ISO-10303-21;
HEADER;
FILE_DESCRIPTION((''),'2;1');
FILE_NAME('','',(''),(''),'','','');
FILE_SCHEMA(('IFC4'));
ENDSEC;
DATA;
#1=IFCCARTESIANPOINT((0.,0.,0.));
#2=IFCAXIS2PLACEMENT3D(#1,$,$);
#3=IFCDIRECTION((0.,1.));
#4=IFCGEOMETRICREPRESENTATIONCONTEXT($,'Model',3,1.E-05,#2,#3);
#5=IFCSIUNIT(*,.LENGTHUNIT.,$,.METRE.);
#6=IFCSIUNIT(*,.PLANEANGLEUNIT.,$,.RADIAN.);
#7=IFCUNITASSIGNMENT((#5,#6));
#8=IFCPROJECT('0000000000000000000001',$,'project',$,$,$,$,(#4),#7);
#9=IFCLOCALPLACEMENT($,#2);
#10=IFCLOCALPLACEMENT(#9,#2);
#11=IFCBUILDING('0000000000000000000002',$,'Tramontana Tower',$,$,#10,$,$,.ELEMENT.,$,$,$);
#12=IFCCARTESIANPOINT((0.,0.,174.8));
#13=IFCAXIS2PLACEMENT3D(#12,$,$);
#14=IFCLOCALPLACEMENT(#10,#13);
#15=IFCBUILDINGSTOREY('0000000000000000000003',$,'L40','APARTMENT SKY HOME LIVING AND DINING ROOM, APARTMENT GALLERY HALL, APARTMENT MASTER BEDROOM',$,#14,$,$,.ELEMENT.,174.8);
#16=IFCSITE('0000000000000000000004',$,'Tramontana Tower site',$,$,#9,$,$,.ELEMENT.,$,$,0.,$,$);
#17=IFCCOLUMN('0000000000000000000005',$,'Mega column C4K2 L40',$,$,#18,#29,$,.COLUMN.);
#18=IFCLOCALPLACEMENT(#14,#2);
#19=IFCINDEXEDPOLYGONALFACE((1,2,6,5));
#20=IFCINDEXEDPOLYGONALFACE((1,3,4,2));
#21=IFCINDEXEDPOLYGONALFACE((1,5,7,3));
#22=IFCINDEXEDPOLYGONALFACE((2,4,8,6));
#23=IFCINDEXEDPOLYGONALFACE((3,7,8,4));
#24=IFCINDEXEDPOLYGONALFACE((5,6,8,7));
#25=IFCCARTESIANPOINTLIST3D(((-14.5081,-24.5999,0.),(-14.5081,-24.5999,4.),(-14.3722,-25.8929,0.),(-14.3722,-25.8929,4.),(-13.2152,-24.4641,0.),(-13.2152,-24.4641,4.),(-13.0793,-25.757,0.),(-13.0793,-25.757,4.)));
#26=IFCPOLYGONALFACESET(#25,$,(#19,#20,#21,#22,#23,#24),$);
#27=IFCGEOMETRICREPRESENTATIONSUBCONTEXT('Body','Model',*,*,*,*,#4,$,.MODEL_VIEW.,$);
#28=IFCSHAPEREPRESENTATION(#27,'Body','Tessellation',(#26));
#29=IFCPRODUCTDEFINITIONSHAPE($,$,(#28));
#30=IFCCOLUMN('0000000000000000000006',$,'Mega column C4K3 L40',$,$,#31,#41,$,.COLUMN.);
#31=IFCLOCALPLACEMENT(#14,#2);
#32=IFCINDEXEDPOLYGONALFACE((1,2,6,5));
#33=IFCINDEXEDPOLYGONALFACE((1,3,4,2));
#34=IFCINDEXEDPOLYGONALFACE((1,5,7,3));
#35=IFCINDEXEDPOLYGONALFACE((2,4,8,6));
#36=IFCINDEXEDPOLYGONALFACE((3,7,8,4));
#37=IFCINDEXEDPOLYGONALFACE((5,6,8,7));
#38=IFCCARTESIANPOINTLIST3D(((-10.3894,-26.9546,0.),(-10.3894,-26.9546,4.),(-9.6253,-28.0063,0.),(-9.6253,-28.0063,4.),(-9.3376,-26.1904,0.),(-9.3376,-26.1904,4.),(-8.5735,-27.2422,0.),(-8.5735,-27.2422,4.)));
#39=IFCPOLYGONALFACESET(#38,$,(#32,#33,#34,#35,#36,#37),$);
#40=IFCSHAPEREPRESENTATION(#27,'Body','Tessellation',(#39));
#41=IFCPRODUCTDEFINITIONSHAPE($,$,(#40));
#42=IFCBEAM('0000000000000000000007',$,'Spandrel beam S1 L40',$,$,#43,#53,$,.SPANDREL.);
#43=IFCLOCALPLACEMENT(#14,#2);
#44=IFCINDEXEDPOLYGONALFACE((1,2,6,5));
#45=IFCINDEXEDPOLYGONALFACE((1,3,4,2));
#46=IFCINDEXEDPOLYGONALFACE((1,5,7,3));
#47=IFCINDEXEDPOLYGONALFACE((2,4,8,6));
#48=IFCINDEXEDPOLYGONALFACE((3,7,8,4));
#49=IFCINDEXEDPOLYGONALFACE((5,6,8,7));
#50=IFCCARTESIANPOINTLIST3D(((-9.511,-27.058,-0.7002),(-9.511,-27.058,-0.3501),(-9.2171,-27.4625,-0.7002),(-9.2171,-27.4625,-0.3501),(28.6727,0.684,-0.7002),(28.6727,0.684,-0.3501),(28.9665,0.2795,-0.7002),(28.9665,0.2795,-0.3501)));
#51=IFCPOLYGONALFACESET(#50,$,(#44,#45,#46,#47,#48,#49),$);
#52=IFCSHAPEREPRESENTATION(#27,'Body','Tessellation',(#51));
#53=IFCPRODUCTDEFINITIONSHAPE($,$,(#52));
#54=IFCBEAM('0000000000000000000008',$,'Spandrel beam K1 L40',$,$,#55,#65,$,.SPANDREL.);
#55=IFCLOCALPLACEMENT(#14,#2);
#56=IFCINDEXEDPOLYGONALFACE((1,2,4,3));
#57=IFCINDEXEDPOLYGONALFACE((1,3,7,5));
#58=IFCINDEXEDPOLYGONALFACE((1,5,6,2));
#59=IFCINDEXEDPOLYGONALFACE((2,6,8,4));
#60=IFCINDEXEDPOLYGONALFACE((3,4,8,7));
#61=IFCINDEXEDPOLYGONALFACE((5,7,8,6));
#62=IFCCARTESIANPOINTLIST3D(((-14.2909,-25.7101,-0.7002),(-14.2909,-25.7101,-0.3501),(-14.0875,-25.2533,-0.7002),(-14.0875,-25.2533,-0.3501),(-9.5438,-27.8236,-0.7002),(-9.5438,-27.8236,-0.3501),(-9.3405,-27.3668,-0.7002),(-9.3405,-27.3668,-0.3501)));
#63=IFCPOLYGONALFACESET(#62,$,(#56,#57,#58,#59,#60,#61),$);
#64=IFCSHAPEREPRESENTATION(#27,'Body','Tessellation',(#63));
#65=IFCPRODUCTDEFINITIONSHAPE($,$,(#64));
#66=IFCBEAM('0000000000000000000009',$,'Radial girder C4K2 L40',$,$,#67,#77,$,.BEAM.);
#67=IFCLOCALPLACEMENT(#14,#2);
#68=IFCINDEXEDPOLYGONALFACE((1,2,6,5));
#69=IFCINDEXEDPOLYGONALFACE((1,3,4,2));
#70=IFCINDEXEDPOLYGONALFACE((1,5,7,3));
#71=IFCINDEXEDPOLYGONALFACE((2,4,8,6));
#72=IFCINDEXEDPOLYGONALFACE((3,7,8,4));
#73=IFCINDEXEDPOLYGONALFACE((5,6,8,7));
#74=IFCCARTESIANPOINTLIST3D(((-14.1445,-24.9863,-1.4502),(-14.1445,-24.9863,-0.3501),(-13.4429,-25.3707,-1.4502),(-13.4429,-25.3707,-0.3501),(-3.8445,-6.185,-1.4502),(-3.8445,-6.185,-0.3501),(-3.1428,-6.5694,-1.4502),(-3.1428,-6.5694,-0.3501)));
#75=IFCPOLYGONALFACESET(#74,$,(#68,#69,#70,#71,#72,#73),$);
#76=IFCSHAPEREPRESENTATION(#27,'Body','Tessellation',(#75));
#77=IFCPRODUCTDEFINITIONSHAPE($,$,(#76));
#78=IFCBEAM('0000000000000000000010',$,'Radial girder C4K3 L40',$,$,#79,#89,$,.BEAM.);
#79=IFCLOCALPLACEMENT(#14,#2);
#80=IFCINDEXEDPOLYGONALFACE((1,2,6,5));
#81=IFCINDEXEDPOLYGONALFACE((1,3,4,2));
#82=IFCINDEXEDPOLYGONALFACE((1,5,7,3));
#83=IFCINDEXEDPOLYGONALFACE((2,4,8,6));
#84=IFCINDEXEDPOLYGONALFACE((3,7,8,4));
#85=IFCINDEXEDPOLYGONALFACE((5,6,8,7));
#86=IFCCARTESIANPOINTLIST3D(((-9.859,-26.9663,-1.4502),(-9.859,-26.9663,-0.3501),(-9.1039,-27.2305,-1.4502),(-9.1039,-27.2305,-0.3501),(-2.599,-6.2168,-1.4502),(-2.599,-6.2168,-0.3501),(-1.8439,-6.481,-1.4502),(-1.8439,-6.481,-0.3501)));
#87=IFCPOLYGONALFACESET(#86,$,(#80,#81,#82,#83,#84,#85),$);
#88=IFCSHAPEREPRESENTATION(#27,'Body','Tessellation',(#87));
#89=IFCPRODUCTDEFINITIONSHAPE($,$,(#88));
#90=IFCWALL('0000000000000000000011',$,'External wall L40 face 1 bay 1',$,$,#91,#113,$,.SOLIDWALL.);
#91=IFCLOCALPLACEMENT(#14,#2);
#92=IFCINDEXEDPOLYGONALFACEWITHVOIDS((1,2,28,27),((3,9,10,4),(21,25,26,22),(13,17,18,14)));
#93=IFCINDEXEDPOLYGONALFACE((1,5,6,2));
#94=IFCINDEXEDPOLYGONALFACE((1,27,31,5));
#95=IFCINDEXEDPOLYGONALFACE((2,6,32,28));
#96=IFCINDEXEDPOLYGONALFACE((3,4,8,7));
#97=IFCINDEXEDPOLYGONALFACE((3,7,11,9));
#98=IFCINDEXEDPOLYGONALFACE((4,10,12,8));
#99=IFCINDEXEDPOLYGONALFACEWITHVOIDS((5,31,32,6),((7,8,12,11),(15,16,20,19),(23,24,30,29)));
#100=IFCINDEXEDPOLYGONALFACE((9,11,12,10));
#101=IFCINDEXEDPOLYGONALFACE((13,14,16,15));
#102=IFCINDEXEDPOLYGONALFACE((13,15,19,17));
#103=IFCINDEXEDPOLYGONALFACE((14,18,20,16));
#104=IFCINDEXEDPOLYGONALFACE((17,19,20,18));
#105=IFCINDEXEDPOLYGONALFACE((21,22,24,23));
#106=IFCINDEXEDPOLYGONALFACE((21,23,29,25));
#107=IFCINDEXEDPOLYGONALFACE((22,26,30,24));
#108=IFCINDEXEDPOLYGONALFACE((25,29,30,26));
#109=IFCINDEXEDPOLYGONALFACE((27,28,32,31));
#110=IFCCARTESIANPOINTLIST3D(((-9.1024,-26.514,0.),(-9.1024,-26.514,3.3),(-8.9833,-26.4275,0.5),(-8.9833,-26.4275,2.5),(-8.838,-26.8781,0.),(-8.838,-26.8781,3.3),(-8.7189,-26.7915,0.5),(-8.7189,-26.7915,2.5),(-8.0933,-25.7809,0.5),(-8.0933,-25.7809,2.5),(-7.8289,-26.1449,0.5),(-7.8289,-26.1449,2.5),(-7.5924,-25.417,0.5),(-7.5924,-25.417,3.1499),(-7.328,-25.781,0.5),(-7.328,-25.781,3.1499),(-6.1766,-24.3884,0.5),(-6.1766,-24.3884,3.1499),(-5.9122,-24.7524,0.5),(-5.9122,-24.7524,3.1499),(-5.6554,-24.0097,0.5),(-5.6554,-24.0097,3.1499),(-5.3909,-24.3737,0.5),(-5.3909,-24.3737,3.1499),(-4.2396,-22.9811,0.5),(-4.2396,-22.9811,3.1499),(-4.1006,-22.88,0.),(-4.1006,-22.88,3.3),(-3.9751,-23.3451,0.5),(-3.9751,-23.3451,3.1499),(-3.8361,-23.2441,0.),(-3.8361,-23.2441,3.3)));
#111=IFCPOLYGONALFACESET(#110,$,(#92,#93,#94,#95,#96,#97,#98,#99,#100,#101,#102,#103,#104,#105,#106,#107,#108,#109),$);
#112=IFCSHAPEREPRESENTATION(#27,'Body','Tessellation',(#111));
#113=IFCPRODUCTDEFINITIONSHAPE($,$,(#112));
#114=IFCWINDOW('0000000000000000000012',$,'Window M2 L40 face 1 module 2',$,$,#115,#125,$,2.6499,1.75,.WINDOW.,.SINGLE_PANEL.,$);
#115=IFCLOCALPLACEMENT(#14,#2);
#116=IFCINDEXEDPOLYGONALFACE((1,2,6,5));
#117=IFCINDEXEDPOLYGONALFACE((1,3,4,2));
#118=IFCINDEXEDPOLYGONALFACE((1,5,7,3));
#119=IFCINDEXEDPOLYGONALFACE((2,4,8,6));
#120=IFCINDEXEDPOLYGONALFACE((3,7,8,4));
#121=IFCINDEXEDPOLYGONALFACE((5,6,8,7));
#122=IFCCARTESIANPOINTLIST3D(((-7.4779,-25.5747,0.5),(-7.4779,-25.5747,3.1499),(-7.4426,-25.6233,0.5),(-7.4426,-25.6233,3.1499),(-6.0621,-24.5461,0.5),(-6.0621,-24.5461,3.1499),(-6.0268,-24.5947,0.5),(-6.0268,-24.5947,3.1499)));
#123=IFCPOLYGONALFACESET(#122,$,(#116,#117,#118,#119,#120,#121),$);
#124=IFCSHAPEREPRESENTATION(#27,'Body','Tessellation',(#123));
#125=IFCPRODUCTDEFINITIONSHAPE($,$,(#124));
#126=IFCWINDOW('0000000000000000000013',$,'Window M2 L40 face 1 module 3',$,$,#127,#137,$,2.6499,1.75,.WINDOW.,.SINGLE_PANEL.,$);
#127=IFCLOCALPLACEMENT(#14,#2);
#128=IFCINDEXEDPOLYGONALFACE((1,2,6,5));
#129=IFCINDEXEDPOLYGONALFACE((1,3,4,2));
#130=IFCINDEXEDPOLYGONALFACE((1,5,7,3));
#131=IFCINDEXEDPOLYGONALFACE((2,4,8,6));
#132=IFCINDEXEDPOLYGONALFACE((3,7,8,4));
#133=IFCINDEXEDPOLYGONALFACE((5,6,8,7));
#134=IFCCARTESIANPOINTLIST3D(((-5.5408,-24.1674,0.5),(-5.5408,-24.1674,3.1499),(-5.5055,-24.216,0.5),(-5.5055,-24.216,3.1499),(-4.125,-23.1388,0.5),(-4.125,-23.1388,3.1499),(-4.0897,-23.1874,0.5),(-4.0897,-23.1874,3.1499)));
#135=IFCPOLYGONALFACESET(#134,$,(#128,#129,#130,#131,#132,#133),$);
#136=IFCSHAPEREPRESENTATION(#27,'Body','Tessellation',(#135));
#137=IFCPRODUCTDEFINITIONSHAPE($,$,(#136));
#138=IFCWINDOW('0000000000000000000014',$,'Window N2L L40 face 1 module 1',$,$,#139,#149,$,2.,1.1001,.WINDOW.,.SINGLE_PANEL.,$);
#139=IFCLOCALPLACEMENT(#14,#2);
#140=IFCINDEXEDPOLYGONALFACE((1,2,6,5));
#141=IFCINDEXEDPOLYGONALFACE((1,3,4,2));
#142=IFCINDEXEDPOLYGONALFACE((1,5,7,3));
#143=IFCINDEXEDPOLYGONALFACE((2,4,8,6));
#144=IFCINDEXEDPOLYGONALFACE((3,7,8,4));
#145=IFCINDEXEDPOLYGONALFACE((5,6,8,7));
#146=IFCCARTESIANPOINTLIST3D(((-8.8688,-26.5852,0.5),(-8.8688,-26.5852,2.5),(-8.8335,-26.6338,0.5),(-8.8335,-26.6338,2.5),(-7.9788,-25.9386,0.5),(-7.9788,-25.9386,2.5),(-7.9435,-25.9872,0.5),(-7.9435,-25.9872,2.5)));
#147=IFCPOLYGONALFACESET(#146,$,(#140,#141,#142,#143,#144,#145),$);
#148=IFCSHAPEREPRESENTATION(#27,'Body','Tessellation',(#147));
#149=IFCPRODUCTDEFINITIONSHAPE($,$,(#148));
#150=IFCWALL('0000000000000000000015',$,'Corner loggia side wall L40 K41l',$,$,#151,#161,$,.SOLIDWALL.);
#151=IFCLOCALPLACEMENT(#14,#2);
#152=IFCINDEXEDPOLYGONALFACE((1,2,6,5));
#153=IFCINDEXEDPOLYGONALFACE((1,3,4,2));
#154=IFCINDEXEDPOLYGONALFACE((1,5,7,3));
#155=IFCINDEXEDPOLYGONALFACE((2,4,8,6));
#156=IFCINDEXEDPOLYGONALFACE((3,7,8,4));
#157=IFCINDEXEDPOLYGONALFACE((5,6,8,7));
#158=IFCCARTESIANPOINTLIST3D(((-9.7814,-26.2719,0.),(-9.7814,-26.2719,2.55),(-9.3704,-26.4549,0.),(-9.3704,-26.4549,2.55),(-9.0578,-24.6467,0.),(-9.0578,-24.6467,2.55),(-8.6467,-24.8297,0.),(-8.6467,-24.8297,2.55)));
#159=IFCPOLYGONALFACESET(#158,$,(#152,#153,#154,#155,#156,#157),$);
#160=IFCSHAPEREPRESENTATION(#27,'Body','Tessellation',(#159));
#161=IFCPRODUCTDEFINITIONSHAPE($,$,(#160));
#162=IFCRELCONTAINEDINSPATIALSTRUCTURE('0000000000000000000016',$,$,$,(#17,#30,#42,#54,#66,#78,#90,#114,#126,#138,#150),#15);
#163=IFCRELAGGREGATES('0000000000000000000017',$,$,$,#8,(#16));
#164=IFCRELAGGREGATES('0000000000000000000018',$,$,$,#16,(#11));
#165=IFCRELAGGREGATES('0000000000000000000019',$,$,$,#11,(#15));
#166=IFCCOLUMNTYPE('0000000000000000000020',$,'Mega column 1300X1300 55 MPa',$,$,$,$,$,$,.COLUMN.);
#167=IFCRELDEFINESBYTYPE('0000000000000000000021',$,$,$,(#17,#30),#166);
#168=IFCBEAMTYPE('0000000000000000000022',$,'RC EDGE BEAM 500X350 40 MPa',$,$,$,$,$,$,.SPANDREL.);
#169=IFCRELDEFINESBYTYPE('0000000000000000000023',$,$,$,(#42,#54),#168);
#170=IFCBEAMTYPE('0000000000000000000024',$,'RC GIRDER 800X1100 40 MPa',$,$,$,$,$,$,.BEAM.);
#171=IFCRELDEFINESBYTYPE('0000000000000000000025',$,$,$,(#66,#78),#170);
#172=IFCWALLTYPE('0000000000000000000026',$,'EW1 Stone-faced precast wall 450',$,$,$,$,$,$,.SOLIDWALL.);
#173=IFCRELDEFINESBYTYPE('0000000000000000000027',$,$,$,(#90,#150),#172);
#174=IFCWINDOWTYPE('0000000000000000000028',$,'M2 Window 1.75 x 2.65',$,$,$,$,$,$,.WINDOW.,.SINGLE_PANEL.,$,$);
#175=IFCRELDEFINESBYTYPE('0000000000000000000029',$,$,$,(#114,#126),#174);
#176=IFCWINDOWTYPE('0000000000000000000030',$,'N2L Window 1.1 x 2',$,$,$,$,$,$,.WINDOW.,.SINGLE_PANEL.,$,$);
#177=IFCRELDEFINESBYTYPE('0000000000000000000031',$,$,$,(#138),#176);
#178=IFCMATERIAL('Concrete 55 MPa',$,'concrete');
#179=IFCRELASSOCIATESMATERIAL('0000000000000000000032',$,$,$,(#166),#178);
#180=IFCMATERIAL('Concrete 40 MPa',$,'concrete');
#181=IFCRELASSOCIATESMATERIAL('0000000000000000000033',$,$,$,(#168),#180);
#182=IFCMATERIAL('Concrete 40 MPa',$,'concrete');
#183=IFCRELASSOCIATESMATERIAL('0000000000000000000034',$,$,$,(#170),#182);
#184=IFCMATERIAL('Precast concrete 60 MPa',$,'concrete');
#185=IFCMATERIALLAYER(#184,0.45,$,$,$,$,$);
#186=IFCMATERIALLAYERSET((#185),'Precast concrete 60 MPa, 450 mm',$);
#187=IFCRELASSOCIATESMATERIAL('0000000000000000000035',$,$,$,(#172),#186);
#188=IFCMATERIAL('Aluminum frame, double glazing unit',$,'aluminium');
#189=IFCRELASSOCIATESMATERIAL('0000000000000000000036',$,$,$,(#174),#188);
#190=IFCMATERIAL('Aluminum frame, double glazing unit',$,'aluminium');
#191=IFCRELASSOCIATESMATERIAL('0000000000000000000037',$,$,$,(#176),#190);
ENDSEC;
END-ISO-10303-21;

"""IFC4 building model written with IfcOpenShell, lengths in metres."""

from ifc_helpers import new_model, si_unit, direction, frame, frame_2d, origin, origin_2d, place, context, subcontext, project, spatial, rectangle, extrude, material, layer, layer_set, material_profile, profile_set, type_object, element, fill, save


model = new_model("IFC4")

# Units and contexts
model_context = context("Model", 3, precision=1e-05, world=origin(), true_north=direction((0.0, 1.0)))
body_context = subcontext(model_context, "Body", "Model", "MODEL_VIEW")
ifc_project = project(units=[si_unit("LENGTHUNIT", "METRE"), si_unit("PLANEANGLEUNIT", "RADIAN")], contexts=[model_context])

# Site, building, storey
site_placement = place(None, origin())
site = spatial("IfcSite", under=ifc_project, at=site_placement, Name="Tramontana Tower site", CompositionType="ELEMENT", RefElevation=0.0)
building_placement = place(site_placement, origin())
building = spatial("IfcBuilding", under=site, at=building_placement, Name="Tramontana Tower", CompositionType="ELEMENT")
storey_placement = place(building_placement, frame((0.0, 0.0, 174.8)))
storey = spatial("IfcBuildingStorey", under=building, at=storey_placement, Name="L40", Description="APARTMENT SKY HOME LIVING AND DINING ROOM, APARTMENT GALLERY HALL, APARTMENT MASTER BEDROOM", CompositionType="ELEMENT", Elevation=174.8)

# Columns
ifc_material_1 = material(Name="Concrete 55 MPa", Category="concrete")
ifc_material_profile_1 = material_profile(ifc_material_1, rectangle(XDim=1.3, YDim=1.3, at=origin_2d()), Name="Mega column 1300X1300 55 MPa")
ifc_profile_set_1 = profile_set([ifc_material_profile_1], Name="Concrete 55 MPa")
column_type = type_object("IfcColumnType", Name="Mega column 1300X1300 55 MPa", PredefinedType="COLUMN", material=ifc_profile_set_1)
for number, where, z_axis, x_axis, name in (
    (1, (-13.7937, -25.1785, 0.0), (0.0, 0.0, 1.0), (0.104528, -0.994522, 0.0), "Mega column C4K2 L40"),
    (2, (-9.4814, -27.0984, 0.0), (0.0, 0.0, 1.0), (0.809017, 0.587785, 0.0), "Mega column C4K3 L40"),
):
    element("IfcColumn", number, at=place(storey_placement, frame(where, z_axis=z_axis, x_axis=x_axis)), inside=storey, type_object=column_type, Name=name, PredefinedType="COLUMN", context=body_context, shape_type="SweptSolid", body=[
        extrude(rectangle(XDim=1.3, YDim=1.3, at=origin_2d()), origin(), (0.0, 0.0, 1.0), 4.0),
    ])

# Beams
ifc_material_2 = material(Name="Concrete 40 MPa", Category="concrete")
ifc_material_profile_2 = material_profile(ifc_material_2, rectangle(XDim=0.5, YDim=0.3501, at=origin_2d()), Name="RC EDGE BEAM 500X350 40 MPa")
ifc_profile_set_2 = profile_set([ifc_material_profile_2], Name="Concrete 40 MPa")
beam_type_1 = type_object("IfcBeamType", Name="RC EDGE BEAM 500X350 40 MPa", PredefinedType="SPANDREL", material=ifc_profile_set_2)
beam_1_placement = place(storey_placement, frame((-9.364, -27.2603, -0.5251), z_axis=(0.809018, 0.587784, 0.0), x_axis=(-0.587784, 0.809018, 0.0)))
element("IfcBeam", 3, at=beam_1_placement, inside=storey, type_object=beam_type_1, Name="Spandrel beam S1 L40", PredefinedType="SPANDREL", context=body_context, shape_type="SweptSolid", body=[
    extrude(rectangle(XDim=0.5, YDim=0.3501, at=origin_2d()), origin(), (0.0, 0.0, 1.0), 47.1975),
])
beam_2_placement = place(storey_placement, frame((-14.1892, -25.4817, -0.5251), z_axis=(0.913546, -0.406736, 0.0), x_axis=(0.406736, 0.913546, 0.0)))
element("IfcBeam", 4, at=beam_2_placement, inside=storey, type_object=beam_type_1, Name="Spandrel beam K1 L40", PredefinedType="SPANDREL", context=body_context, shape_type="SweptSolid", body=[
    extrude(rectangle(XDim=0.5, YDim=0.3501, at=origin_2d()), origin(), (0.0, 0.0, 1.0), 5.1963),
])
ifc_material_3 = material(Name="Concrete 40 MPa", Category="concrete")
ifc_material_profile_3 = material_profile(ifc_material_3, rectangle(XDim=0.8, YDim=1.1001, at=origin_2d()), Name="RC GIRDER 800X1100 40 MPa")
ifc_profile_set_3 = profile_set([ifc_material_profile_3], Name="Concrete 40 MPa")
beam_type_2 = type_object("IfcBeamType", Name="RC GIRDER 800X1100 40 MPa", PredefinedType="BEAM", material=ifc_profile_set_3)
beam_3_placement = place(storey_placement, frame((-13.7937, -25.1785, -0.9001), z_axis=(0.480462, 0.877015, 0.0), x_axis=(-0.877015, 0.480462, 0.0)))
element("IfcBeam", 5, at=beam_3_placement, inside=storey, type_object=beam_type_2, Name="Radial girder C4K2 L40", PredefinedType="BEAM", context=body_context, shape_type="SweptSolid", body=[
    extrude(rectangle(XDim=0.8, YDim=1.1001, at=origin_2d()), origin(), (0.0, 0.0, 1.0), 21.4377),
])
beam_4_placement = place(storey_placement, frame((-9.4814, -27.0984, -0.9001), z_axis=(0.330256, 0.943891, 0.0), x_axis=(-0.943891, 0.330256, 0.0)))
element("IfcBeam", 6, at=beam_4_placement, inside=storey, type_object=beam_type_2, Name="Radial girder C4K3 L40", PredefinedType="BEAM", context=body_context, shape_type="SweptSolid", body=[
    extrude(rectangle(XDim=0.8, YDim=1.1001, at=origin_2d()), origin(), (0.0, 0.0, 1.0), 21.9829),
])

# Wall, openings, windows
ifc_material_4 = material(Name="Precast concrete 60 MPa", Category="concrete")
ifc_layer_1 = layer(ifc_material_4, 0.45)
ifc_layer_set_1 = layer_set([ifc_layer_1], Name="Precast concrete 60 MPa, 450 mm")
wall_type = type_object("IfcWallType", Name="EW1 Stone-faced precast wall 450", PredefinedType="SOLIDWALL", material=ifc_layer_set_1)
wall_1_placement = place(storey_placement, frame((-8.9702, -26.696, 0.0), z_axis=(0.0, 0.0, 1.0), x_axis=(0.809025, 0.587775, 0.0)))
wall_1 = element("IfcWall", 7, at=wall_1_placement, inside=storey, type_object=wall_type, Name="External wall L40 face 1 bay 1", PredefinedType="SOLIDWALL", context=body_context, shape_type="SweptSolid", body=[
    extrude(rectangle(XDim=6.1826, YDim=0.45, at=frame_2d((3.0913, 0.0))), origin(), (0.0, 0.0, 1.0), 3.3),
])
opening_1_placement = place(wall_1_placement, frame((0.1472, 0.0, 0.5)))
opening_1 = element("IfcOpeningElement", 8, at=opening_1_placement, cuts=wall_1, PredefinedType="OPENING", context=body_context, shape_type="SweptSolid", body=[
    extrude(rectangle(XDim=1.1001, YDim=2.0, at=frame_2d((0.55, 1.0))), frame((0.0, 0.2349, 0.0), z_axis=(0.0, -1.0, 0.0), x_axis=(1.0, 0.0, 0.0)), (0.0, 0.0, 1.0), 0.47),
])
opening_2_placement = place(wall_1_placement, frame((1.8665, 0.0, 0.5)))
opening_2 = element("IfcOpeningElement", 9, at=opening_2_placement, cuts=wall_1, PredefinedType="OPENING", context=body_context, shape_type="SweptSolid", body=[
    extrude(rectangle(XDim=1.75, YDim=2.6499, at=frame_2d((0.875, 1.325))), frame((0.0, 0.2349, 0.0), z_axis=(0.0, -1.0, 0.0), x_axis=(1.0, 0.0, 0.0)), (0.0, 0.0, 1.0), 0.47),
])
opening_3_placement = place(wall_1_placement, frame((4.2607, 0.0, 0.5)))
opening_3 = element("IfcOpeningElement", 10, at=opening_3_placement, cuts=wall_1, PredefinedType="OPENING", context=body_context, shape_type="SweptSolid", body=[
    extrude(rectangle(XDim=1.75, YDim=2.6499, at=frame_2d((0.875, 1.325))), frame((0.0, 0.2349, 0.0), z_axis=(0.0, -1.0, 0.0), x_axis=(1.0, 0.0, 0.0)), (0.0, 0.0, 1.0), 0.47),
])
ifc_material_5 = material(Name="Aluminum frame, double glazing unit", Category="aluminium")
window_type_1 = type_object("IfcWindowType", Name="M2 Window 1.75 x 2.65", PartitioningType="SINGLE_PANEL", PredefinedType="WINDOW", material=ifc_material_5)
window_1_placement = place(opening_2_placement, origin())
window_1 = element("IfcWindow", 11, at=window_1_placement, inside=storey, type_object=window_type_1, Name="Window M2 L40 face 1 module 2", OverallHeight=2.6499, OverallWidth=1.75, PartitioningType="SINGLE_PANEL", PredefinedType="WINDOW", context=body_context, shape_type="SweptSolid", body=[
    extrude(rectangle(XDim=1.75, YDim=2.6499, at=frame_2d((0.875, 1.325))), frame((0.0, 0.03, 0.0), z_axis=(0.0, -1.0, 0.0), x_axis=(1.0, 0.0, 0.0)), (0.0, 0.0, 1.0), 0.0601),
])
fill(opening_2, window_1)
window_2_placement = place(opening_3_placement, origin())
window_2 = element("IfcWindow", 12, at=window_2_placement, inside=storey, type_object=window_type_1, Name="Window M2 L40 face 1 module 3", OverallHeight=2.6499, OverallWidth=1.75, PartitioningType="SINGLE_PANEL", PredefinedType="WINDOW", context=body_context, shape_type="SweptSolid", body=[
    extrude(rectangle(XDim=1.75, YDim=2.6499, at=frame_2d((0.875, 1.325))), frame((0.0, 0.03, 0.0), z_axis=(0.0, -1.0, 0.0), x_axis=(1.0, 0.0, 0.0)), (0.0, 0.0, 1.0), 0.0601),
])
fill(opening_3, window_2)
ifc_material_6 = material(Name="Aluminum frame, double glazing unit", Category="aluminium")
window_type_2 = type_object("IfcWindowType", Name="N2L Window 1.1 x 2", PartitioningType="SINGLE_PANEL", PredefinedType="WINDOW", material=ifc_material_6)
window_3_placement = place(opening_1_placement, origin())
window_3 = element("IfcWindow", 13, at=window_3_placement, inside=storey, type_object=window_type_2, Name="Window N2L L40 face 1 module 1", OverallHeight=2.0, OverallWidth=1.1001, PartitioningType="SINGLE_PANEL", PredefinedType="WINDOW", context=body_context, shape_type="SweptSolid", body=[
    extrude(rectangle(XDim=1.1001, YDim=2.0, at=frame_2d((0.55, 1.0))), frame((0.0, 0.03, 0.0), z_axis=(0.0, -1.0, 0.0), x_axis=(1.0, 0.0, 0.0)), (0.0, 0.0, 1.0), 0.0601),
])
fill(opening_1, window_3)

# Wall
wall_2_placement = place(storey_placement, frame((-9.5759, -26.3635, 0.0), z_axis=(0.0, 0.0, 1.0), x_axis=(0.40675, 0.91354, 0.0)))
element("IfcWall", 14, at=wall_2_placement, inside=storey, type_object=wall_type, Name="Corner loggia side wall L40 K41l", PredefinedType="SOLIDWALL", context=body_context, shape_type="SweptSolid", body=[
    extrude(rectangle(XDim=1.7791, YDim=0.45, at=frame_2d((0.8896, 0.0))), origin(), (0.0, 0.0, 1.0), 2.55),
])

save(model, "model.ifc")
